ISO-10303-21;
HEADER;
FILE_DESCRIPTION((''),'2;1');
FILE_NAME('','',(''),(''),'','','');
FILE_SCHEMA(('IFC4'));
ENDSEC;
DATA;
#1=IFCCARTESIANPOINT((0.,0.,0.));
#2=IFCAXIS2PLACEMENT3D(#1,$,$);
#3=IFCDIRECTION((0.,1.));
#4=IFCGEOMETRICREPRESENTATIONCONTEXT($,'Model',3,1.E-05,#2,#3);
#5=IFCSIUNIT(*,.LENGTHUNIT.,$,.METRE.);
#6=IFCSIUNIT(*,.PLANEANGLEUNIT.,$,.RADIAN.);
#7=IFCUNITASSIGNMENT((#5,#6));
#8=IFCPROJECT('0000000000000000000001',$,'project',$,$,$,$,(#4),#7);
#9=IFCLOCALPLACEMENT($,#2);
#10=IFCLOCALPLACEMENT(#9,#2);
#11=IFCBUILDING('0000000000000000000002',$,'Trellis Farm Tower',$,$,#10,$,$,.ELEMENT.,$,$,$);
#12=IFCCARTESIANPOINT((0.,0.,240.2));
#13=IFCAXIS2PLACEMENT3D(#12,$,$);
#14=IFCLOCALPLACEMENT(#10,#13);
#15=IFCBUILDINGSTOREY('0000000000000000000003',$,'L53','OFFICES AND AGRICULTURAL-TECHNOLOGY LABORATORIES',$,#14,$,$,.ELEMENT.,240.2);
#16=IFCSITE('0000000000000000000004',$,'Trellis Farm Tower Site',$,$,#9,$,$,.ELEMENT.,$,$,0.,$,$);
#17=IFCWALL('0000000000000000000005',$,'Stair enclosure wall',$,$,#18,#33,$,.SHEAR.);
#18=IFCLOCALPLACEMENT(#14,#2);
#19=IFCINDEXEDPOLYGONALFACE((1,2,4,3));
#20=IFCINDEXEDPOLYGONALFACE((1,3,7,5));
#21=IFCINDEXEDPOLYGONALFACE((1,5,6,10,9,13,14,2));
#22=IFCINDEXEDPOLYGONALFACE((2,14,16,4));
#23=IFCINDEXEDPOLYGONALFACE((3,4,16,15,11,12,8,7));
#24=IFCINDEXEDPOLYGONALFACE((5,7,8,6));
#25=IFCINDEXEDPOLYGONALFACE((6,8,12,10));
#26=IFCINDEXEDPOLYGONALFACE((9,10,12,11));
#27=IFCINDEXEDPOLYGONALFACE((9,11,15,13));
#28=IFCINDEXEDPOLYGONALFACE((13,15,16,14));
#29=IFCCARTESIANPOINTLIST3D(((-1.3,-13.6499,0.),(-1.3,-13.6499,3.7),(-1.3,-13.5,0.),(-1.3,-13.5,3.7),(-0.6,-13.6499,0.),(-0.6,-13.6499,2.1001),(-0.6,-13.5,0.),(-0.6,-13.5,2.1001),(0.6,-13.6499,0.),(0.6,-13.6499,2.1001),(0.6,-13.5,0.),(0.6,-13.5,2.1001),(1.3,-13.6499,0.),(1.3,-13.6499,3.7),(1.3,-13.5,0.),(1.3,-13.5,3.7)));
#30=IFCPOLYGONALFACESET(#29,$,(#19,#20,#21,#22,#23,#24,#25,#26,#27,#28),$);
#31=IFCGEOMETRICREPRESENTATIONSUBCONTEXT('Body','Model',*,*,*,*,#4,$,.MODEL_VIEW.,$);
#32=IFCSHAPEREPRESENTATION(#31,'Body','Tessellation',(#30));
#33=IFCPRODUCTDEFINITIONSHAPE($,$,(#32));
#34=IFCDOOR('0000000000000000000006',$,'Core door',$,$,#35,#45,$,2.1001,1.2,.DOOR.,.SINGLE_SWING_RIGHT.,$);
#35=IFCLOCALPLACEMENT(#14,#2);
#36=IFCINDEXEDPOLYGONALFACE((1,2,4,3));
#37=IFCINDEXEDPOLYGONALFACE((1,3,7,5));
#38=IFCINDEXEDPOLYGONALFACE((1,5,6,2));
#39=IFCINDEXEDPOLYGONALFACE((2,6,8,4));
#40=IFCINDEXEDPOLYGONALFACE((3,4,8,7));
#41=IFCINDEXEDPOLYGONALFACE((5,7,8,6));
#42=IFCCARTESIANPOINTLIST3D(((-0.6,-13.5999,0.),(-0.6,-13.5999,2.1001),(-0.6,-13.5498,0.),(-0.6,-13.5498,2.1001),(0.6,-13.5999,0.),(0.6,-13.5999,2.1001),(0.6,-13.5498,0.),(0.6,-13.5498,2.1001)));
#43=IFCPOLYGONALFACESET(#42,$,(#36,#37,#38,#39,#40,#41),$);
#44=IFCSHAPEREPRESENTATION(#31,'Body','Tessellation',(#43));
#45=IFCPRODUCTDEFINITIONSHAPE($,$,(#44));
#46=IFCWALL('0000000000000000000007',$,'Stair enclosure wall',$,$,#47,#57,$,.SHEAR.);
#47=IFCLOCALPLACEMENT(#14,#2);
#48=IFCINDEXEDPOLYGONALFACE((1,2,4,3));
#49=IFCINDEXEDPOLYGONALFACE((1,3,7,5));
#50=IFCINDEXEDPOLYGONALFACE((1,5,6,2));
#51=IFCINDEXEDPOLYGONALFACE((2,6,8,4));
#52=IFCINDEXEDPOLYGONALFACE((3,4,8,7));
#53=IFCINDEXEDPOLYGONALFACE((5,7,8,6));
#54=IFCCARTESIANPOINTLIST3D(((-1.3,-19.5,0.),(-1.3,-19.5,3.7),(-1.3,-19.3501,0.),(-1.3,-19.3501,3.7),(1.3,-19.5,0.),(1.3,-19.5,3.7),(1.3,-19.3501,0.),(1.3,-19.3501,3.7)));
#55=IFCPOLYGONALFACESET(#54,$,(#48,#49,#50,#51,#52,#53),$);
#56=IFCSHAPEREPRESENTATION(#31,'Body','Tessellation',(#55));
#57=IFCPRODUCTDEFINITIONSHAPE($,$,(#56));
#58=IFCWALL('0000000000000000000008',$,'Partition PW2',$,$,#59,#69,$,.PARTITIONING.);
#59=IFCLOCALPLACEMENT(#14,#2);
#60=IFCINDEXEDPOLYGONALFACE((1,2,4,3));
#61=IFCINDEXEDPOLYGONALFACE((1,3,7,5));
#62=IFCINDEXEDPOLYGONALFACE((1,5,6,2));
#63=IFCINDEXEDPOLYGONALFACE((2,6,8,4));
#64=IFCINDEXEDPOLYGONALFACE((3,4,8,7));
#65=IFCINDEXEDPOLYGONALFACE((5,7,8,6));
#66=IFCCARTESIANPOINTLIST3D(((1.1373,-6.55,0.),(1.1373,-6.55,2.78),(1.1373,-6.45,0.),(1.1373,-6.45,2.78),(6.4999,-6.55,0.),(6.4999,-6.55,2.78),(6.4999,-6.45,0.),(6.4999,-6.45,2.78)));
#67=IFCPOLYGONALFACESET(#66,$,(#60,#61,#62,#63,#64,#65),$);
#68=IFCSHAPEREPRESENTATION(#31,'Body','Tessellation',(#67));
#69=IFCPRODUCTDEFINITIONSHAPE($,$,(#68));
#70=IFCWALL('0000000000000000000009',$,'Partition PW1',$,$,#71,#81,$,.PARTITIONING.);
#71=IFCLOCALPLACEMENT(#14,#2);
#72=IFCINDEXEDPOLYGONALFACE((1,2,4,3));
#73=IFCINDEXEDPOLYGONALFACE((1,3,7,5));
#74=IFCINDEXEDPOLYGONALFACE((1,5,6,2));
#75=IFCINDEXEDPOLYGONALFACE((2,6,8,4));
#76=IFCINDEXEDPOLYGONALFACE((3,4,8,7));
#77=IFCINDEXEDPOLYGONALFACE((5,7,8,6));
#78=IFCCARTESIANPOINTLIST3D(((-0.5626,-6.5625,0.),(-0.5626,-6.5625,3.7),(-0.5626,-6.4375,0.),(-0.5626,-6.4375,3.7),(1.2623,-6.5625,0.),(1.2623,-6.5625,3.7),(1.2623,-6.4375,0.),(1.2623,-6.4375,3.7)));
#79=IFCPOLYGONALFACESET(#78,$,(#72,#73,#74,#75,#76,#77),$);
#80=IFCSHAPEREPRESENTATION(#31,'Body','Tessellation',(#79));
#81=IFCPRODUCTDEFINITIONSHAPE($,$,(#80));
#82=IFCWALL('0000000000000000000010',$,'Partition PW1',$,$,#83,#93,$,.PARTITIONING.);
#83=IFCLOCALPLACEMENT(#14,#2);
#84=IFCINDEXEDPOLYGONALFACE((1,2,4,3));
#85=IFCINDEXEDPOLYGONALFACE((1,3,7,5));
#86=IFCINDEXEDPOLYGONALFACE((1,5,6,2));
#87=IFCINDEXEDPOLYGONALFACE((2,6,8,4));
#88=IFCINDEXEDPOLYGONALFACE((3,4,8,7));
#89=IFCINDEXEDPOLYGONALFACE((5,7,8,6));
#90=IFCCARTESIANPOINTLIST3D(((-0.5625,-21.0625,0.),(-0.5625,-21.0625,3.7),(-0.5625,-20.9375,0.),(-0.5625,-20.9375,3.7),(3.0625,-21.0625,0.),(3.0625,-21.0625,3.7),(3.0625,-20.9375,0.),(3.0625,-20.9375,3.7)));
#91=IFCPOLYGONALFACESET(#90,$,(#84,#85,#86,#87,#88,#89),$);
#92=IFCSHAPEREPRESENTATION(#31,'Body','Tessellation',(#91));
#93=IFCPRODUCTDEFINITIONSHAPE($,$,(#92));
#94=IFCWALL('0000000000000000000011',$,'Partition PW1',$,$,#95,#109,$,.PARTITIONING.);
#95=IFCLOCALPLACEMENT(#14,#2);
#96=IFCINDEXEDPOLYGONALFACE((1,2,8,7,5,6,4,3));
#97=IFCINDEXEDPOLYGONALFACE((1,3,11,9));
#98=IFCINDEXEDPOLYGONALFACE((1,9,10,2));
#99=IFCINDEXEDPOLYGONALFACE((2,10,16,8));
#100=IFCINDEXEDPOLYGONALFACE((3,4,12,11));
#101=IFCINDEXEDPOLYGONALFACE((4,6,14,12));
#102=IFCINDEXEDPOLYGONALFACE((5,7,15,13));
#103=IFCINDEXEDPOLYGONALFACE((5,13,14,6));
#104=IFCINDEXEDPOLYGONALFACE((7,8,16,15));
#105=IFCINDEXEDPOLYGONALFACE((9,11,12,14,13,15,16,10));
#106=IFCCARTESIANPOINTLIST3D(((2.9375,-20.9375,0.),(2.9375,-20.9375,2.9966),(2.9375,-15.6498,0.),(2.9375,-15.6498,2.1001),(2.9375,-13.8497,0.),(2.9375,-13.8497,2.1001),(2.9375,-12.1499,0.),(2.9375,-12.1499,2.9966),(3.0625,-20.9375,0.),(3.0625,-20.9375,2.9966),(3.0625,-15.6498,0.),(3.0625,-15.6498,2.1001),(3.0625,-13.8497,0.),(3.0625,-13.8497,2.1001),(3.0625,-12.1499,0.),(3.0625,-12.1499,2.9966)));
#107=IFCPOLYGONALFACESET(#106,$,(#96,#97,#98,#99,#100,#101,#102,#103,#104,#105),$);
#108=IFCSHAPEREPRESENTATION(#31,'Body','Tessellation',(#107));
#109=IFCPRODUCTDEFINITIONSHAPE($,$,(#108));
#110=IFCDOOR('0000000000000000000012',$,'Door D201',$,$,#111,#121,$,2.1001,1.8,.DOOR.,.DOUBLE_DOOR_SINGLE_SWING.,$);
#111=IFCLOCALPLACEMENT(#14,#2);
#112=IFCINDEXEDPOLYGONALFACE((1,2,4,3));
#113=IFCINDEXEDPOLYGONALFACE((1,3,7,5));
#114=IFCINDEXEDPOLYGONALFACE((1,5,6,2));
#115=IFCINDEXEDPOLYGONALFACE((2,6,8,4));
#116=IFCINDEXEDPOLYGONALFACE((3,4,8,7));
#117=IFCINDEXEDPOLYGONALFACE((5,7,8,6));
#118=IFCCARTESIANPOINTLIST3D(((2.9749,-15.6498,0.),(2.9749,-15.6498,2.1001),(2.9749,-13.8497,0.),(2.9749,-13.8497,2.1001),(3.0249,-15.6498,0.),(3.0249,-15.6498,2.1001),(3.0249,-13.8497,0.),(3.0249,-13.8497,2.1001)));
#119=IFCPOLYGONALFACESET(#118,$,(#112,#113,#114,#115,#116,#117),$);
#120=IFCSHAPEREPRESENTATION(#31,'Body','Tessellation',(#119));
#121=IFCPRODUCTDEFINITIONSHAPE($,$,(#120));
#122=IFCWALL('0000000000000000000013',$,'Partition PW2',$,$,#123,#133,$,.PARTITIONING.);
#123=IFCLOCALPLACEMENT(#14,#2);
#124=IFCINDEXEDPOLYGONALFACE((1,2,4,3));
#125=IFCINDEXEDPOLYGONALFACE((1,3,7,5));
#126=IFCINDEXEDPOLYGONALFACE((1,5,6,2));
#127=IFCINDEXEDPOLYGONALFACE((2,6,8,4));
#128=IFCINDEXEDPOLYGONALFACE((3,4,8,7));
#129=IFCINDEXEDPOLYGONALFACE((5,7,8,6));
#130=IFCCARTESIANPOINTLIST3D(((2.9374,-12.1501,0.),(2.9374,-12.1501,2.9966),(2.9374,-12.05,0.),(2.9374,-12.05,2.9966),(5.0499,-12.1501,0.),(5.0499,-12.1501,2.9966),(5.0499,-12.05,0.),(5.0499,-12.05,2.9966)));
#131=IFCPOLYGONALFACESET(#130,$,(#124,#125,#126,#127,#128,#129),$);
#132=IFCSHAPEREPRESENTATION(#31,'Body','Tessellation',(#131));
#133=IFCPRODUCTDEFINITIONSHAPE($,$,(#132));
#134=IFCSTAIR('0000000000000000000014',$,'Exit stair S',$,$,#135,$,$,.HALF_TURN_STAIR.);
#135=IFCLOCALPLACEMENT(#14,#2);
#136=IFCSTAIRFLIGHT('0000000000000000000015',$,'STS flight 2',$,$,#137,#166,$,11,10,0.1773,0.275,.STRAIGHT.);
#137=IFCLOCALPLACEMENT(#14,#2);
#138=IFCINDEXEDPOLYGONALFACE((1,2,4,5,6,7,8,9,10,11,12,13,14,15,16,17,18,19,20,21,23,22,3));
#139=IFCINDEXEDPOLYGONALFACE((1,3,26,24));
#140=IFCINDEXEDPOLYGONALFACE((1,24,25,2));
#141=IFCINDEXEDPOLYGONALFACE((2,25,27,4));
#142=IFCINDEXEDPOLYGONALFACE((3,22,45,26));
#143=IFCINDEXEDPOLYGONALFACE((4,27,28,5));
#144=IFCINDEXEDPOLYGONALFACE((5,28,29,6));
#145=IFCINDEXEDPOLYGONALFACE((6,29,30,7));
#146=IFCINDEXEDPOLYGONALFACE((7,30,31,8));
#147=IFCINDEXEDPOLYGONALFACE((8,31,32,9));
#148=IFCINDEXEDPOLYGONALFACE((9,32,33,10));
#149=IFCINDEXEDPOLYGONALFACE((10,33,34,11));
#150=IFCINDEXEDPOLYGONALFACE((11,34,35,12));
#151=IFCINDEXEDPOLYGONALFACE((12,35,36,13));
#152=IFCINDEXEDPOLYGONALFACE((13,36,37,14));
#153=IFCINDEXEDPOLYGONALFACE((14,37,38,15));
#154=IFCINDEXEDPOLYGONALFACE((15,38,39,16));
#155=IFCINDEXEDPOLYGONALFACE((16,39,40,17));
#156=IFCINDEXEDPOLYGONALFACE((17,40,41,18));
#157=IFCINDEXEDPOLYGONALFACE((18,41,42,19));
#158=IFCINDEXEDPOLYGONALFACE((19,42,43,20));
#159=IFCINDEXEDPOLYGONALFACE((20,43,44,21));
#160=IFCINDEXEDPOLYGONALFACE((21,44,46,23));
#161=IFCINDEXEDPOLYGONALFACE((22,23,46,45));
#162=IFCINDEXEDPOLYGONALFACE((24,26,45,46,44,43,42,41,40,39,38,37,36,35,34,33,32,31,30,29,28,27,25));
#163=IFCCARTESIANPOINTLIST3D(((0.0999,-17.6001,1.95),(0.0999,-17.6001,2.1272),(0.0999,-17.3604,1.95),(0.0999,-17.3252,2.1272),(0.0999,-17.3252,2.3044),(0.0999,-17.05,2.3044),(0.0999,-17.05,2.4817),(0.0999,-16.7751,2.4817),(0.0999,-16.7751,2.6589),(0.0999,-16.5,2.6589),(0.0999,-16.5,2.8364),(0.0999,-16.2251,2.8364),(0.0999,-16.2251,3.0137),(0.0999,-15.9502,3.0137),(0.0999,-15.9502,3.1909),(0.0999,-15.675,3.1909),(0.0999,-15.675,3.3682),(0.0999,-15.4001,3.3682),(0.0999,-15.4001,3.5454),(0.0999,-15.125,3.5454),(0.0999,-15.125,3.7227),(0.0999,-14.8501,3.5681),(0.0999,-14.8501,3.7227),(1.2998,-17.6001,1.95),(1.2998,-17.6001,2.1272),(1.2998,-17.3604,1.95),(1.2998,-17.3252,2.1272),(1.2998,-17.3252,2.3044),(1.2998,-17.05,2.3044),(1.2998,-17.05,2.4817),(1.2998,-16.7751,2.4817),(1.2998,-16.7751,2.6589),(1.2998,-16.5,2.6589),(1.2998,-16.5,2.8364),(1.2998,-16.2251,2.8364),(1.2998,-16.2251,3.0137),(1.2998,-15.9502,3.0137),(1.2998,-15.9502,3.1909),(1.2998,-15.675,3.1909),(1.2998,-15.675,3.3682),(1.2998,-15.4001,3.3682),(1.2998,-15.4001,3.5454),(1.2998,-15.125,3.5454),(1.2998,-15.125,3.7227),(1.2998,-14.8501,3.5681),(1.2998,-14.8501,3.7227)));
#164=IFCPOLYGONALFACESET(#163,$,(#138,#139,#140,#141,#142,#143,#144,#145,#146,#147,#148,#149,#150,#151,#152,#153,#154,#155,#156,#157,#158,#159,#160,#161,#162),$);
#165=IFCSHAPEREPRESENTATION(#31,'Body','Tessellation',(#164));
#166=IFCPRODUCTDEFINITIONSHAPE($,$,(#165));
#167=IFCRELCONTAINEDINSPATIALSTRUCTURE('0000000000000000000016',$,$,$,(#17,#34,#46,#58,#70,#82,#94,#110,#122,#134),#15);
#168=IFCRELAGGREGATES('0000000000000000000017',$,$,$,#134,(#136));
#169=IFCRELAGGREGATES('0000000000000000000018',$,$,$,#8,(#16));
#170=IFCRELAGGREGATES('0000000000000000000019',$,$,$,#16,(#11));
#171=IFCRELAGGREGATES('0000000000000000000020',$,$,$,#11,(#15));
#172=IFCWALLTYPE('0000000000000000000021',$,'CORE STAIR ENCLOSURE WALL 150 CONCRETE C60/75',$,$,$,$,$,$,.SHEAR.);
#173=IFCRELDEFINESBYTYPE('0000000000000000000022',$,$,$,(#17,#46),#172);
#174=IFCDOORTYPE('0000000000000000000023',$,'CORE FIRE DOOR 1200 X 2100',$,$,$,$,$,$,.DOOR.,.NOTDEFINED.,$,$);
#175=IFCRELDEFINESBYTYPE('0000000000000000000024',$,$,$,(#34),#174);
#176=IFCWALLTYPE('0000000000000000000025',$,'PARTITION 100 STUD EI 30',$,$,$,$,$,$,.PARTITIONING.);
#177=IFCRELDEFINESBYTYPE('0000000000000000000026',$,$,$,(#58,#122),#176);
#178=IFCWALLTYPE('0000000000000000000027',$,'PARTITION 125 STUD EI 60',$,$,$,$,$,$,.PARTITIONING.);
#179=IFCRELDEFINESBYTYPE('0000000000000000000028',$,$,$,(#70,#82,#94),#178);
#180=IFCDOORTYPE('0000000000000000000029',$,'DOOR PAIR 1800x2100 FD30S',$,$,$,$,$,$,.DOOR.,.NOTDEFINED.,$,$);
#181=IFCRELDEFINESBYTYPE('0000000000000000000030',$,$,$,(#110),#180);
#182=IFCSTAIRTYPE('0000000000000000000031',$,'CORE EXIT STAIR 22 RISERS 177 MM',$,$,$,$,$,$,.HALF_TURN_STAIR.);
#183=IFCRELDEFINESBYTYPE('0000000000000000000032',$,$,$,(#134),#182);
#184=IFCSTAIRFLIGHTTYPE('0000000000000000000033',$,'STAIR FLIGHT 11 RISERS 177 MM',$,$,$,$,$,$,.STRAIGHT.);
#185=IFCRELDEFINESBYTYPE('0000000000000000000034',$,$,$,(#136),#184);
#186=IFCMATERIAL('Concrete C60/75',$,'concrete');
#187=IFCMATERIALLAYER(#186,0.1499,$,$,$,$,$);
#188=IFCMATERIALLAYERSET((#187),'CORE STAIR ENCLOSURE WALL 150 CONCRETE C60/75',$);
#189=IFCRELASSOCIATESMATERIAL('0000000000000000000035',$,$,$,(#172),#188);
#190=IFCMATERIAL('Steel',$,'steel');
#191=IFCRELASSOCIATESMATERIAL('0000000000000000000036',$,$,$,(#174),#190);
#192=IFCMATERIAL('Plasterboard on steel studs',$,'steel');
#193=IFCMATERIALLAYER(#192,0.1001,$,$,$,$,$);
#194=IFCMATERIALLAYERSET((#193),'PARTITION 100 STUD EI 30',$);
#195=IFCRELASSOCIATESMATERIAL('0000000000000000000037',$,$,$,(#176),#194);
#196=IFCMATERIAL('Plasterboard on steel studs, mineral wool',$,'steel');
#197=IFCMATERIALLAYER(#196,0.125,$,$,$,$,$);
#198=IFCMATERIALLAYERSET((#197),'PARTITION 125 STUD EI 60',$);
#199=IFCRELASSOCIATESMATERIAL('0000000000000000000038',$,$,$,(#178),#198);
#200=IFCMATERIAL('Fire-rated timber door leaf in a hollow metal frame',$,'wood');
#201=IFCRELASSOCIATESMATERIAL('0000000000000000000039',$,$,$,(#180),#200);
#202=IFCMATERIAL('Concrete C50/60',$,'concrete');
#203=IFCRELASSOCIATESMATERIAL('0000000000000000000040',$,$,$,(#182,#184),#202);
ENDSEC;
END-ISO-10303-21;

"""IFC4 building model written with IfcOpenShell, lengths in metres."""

from ifc_helpers import new_model, si_unit, direction, frame, frame_2d, origin, place, context, subcontext, project, spatial, polyline, rectangle, outline, extrude, source, transform, mapped, material, layer, layer_set, type_object, element, fill, aggregate, save


model = new_model("IFC4")

# Units and contexts
model_context = context("Model", 3, precision=1e-05, world=origin(), true_north=direction((0.0, 1.0)))
body_context = subcontext(model_context, "Body", "Model", "MODEL_VIEW")
ifc_project = project(units=[si_unit("LENGTHUNIT", "METRE"), si_unit("PLANEANGLEUNIT", "RADIAN")], contexts=[model_context])

# Site, building, storey
site_placement = place(None, origin())
site = spatial("IfcSite", under=ifc_project, at=site_placement, Name="Trellis Farm Tower Site", CompositionType="ELEMENT", RefElevation=0.0)
building_placement = place(site_placement, origin())
building = spatial("IfcBuilding", under=site, at=building_placement, Name="Trellis Farm Tower", CompositionType="ELEMENT")
storey_placement = place(building_placement, frame((0.0, 0.0, 240.2)))
storey = spatial("IfcBuildingStorey", under=building, at=storey_placement, Name="L53", Description="OFFICES AND AGRICULTURAL-TECHNOLOGY LABORATORIES", CompositionType="ELEMENT", Elevation=240.2)

# Shared definitions
ifc_material_1 = material(Name="Concrete C60/75", Category="concrete")

# Shared definitions
placement = place(storey_placement, origin())

# Wall, opening, door
ifc_layer_1 = layer(ifc_material_1, 0.1499)
ifc_layer_set_1 = layer_set([ifc_layer_1], Name="CORE STAIR ENCLOSURE WALL 150 CONCRETE C60/75")
wall_type_1 = type_object("IfcWallType", Name="CORE STAIR ENCLOSURE WALL 150 CONCRETE C60/75", PredefinedType="SHEAR", material=ifc_layer_set_1)
shared_shape_1 = source(origin(), body_context, "Body", "SweptSolid", [
    extrude(rectangle(XDim=2.6001, YDim=0.1499, at=frame_2d((1.3, 0.0))), origin(), (0.0, 0.0, 1.0), 3.7),
])
wall_1_placement = place(storey_placement, frame((1.3, -13.575, 0.0), z_axis=(0.0, 0.0, 1.0), x_axis=(-1.0, 0.0, 0.0)))
wall_1 = element("IfcWall", 1, at=wall_1_placement, inside=storey, type_object=wall_type_1, Name="Stair enclosure wall", PredefinedType="SHEAR", context=body_context, shape_type="MappedRepresentation", body=[
    mapped(shared_shape_1, transform((0.0, 0.0, 0.0))),
])
shared_shape_2 = source(origin(), body_context, "Body", "SweptSolid", [
    extrude(rectangle(XDim=1.2, YDim=2.1001, at=frame_2d((0.6001, 1.05))), frame((0.0, 0.085, 0.0), z_axis=(0.0, -1.0, 0.0), x_axis=(1.0, 0.0, 0.0)), (0.0, 0.0, 1.0), 0.1699),
])
opening_1_placement = place(wall_1_placement, frame((0.7, 0.0, 0.0)))
opening_1 = element("IfcOpeningElement", 2, at=opening_1_placement, cuts=wall_1, PredefinedType="OPENING", context=body_context, shape_type="MappedRepresentation", body=[
    mapped(shared_shape_2, transform((0.0, 0.0, 0.0))),
])
ifc_material_2 = material(Name="Steel", Category="steel")
door_type_1 = type_object("IfcDoorType", Name="CORE FIRE DOOR 1200 X 2100", OperationType="NOTDEFINED", PredefinedType="DOOR", material=ifc_material_2)
shared_shape_3 = source(origin(), body_context, "Body", "SweptSolid", [
    extrude(rectangle(XDim=1.2, YDim=2.1001, at=frame_2d((0.6001, 1.05))), frame((0.0, 0.0249, 0.0), z_axis=(0.0, -1.0, 0.0), x_axis=(1.0, 0.0, 0.0)), (0.0, 0.0, 1.0), 0.05),
])
door_1_placement = place(opening_1_placement, origin())
door_1 = element("IfcDoor", 3, at=door_1_placement, inside=storey, type_object=door_type_1, Name="Core door", OperationType="SINGLE_SWING_RIGHT", OverallHeight=2.1001, OverallWidth=1.2, PredefinedType="DOOR", context=body_context, shape_type="MappedRepresentation", body=[
    mapped(shared_shape_3, transform((0.0, 0.0, 0.0))),
])
fill(opening_1, door_1)

# Walls
wall_2_placement = place(storey_placement, frame((1.3, -19.425, 0.0), z_axis=(0.0, 0.0, 1.0), x_axis=(-1.0, 0.0, 0.0)))
element("IfcWall", 4, at=wall_2_placement, inside=storey, type_object=wall_type_1, Name="Stair enclosure wall", PredefinedType="SHEAR", context=body_context, shape_type="MappedRepresentation", body=[
    mapped(shared_shape_1, transform((0.0, 0.0, 0.0))),
])
ifc_material_3 = material(Name="Plasterboard on steel studs", Category="steel")
ifc_layer_2 = layer(ifc_material_3, 0.1001)
ifc_layer_set_2 = layer_set([ifc_layer_2], Name="PARTITION 100 STUD EI 30")
wall_type_2 = type_object("IfcWallType", Name="PARTITION 100 STUD EI 30", PredefinedType="PARTITIONING", material=ifc_layer_set_2)
shared_shape_4 = source(origin(), body_context, "Body", "SweptSolid", [
    extrude(rectangle(XDim=5.3625, YDim=0.1001, at=frame_2d((2.6812, 0.0))), origin(), (0.0, 0.0, 1.0), 2.78),
])
wall_3_placement = place(storey_placement, frame((1.1375, -6.5, 0.0), z_axis=(0.0, 0.0, 1.0), x_axis=(1.0, 0.0, 0.0)))
element("IfcWall", 5, at=wall_3_placement, inside=storey, type_object=wall_type_2, Name="Partition PW2", PredefinedType="PARTITIONING", context=body_context, shape_type="MappedRepresentation", body=[
    mapped(shared_shape_4, transform((0.0, 0.0, 0.0))),
])
ifc_material_4 = material(Name="Plasterboard on steel studs, mineral wool", Category="steel")
ifc_layer_3 = layer(ifc_material_4, 0.125)
ifc_layer_set_3 = layer_set([ifc_layer_3], Name="PARTITION 125 STUD EI 60")
wall_type_3 = type_object("IfcWallType", Name="PARTITION 125 STUD EI 60", PredefinedType="PARTITIONING", material=ifc_layer_set_3)
shared_shape_5 = source(origin(), body_context, "Body", "SweptSolid", [
    extrude(rectangle(XDim=1.825, YDim=0.125, at=frame_2d((0.9126, 0.0))), origin(), (0.0, 0.0, 1.0), 3.7),
])
wall_4_placement = place(storey_placement, frame((1.2625, -6.5, 0.0), z_axis=(0.0, 0.0, 1.0), x_axis=(-1.0, 0.0, 0.0)))
element("IfcWall", 6, at=wall_4_placement, inside=storey, type_object=wall_type_3, Name="Partition PW1", PredefinedType="PARTITIONING", context=body_context, shape_type="MappedRepresentation", body=[
    mapped(shared_shape_5, transform((0.0, 0.0, 0.0))),
])
shared_shape_6 = source(origin(), body_context, "Body", "SweptSolid", [
    extrude(rectangle(XDim=3.625, YDim=0.125, at=frame_2d((1.8125, 0.0))), origin(), (0.0, 0.0, 1.0), 3.7),
])
wall_5_placement = place(storey_placement, frame((3.0625, -21.0, 0.0), z_axis=(0.0, 0.0, 1.0), x_axis=(-1.0, 0.0, 0.0)))
element("IfcWall", 7, at=wall_5_placement, inside=storey, type_object=wall_type_3, Name="Partition PW1", PredefinedType="PARTITIONING", context=body_context, shape_type="MappedRepresentation", body=[
    mapped(shared_shape_6, transform((0.0, 0.0, 0.0))),
])

# Wall, opening, door
shared_shape_7 = source(origin(), body_context, "Body", "SweptSolid", [
    extrude(rectangle(XDim=8.7876, YDim=0.125, at=frame_2d((4.3938, 0.0))), origin(), (0.0, 0.0, 1.0), 2.9966),
])
wall_6_placement = place(storey_placement, frame((3.0, -12.1499, 0.0), z_axis=(0.0, 0.0, 1.0), x_axis=(0.0, -1.0, 0.0)))
wall_6 = element("IfcWall", 8, at=wall_6_placement, inside=storey, type_object=wall_type_3, Name="Partition PW1", PredefinedType="PARTITIONING", context=body_context, shape_type="MappedRepresentation", body=[
    mapped(shared_shape_7, transform((0.0, 0.0, 0.0))),
])
shared_shape_8 = source(origin(), body_context, "Body", "SweptSolid", [
    extrude(rectangle(XDim=1.8, YDim=2.1001, at=frame_2d((0.8999, 1.05))), frame((0.0, 0.0725, 0.0), z_axis=(0.0, -1.0, 0.0), x_axis=(1.0, 0.0, 0.0)), (0.0, 0.0, 1.0), 0.145),
])
opening_2_placement = place(wall_6_placement, frame((1.7, 0.0, 0.0)))
opening_2 = element("IfcOpeningElement", 9, at=opening_2_placement, cuts=wall_6, PredefinedType="OPENING", context=body_context, shape_type="MappedRepresentation", body=[
    mapped(shared_shape_8, transform((0.0, 0.0, 0.0))),
])
ifc_material_5 = material(Name="Fire-rated timber door leaf in a hollow metal frame", Category="wood")
door_type_2 = type_object("IfcDoorType", Name="DOOR PAIR 1800x2100 FD30S", OperationType="NOTDEFINED", PredefinedType="DOOR", material=ifc_material_5)
shared_shape_9 = source(origin(), body_context, "Body", "SweptSolid", [
    extrude(rectangle(XDim=1.8, YDim=2.1001, at=frame_2d((0.8999, 1.05))), frame((0.0, 0.0249, 0.0), z_axis=(0.0, -1.0, 0.0), x_axis=(1.0, 0.0, 0.0)), (0.0, 0.0, 1.0), 0.05),
])
door_2_placement = place(opening_2_placement, origin())
door_2 = element("IfcDoor", 10, at=door_2_placement, inside=storey, type_object=door_type_2, Name="Door D201", OperationType="DOUBLE_DOOR_SINGLE_SWING", OverallHeight=2.1001, OverallWidth=1.8, PredefinedType="DOOR", context=body_context, shape_type="MappedRepresentation", body=[
    mapped(shared_shape_9, transform((0.0, 0.0, 0.0))),
])
fill(opening_2, door_2)

# Wall
shared_shape_10 = source(origin(), body_context, "Body", "SweptSolid", [
    extrude(rectangle(XDim=2.1125, YDim=0.1001, at=frame_2d((1.0562, 0.0))), origin(), (0.0, 0.0, 1.0), 2.9966),
])
wall_7_placement = place(storey_placement, frame((2.9375, -12.1001, 0.0), z_axis=(0.0, 0.0, 1.0), x_axis=(1.0, 0.0, 0.0)))
element("IfcWall", 11, at=wall_7_placement, inside=storey, type_object=wall_type_2, Name="Partition PW2", PredefinedType="PARTITIONING", context=body_context, shape_type="MappedRepresentation", body=[
    mapped(shared_shape_10, transform((0.0, 0.0, 0.0))),
])

# Stair, stair flight
ifc_material_6 = material(Name="Concrete C50/60", Category="concrete")
stair_type = type_object("IfcStairType", Name="CORE EXIT STAIR 22 RISERS 177 MM", PredefinedType="HALF_TURN_STAIR", material=ifc_material_6)
stair = element("IfcStair", 12, at=placement, inside=storey, type_object=stair_type, Name="Exit stair S", PredefinedType="HALF_TURN_STAIR")
stair_flight_type = type_object("IfcStairFlightType", Name="STAIR FLIGHT 11 RISERS 177 MM", PredefinedType="STRAIGHT", material=ifc_material_6)
shared_shape_11 = source(origin(), body_context, "Body", "SweptSolid", [
    extrude(outline(polyline([(0.0, 0.0), (0.0, 0.1772), (0.2749, 0.1772), (0.2749, 0.3545), (0.55, 0.3545), (0.55, 0.5317), (0.825, 0.5317), (0.825, 0.709), (1.1001, 0.709), (1.1001, 0.8865), (1.375, 0.8865), (1.375, 1.0637), (1.6499, 1.0637), (1.6499, 1.241), (1.925, 1.241), (1.925, 1.4182), (2.2, 1.4182), (2.2, 1.5955), (2.4751, 1.5955), (2.4751, 1.7727), (2.75, 1.7727), (2.75, 1.95), (2.75, 1.6182), (0.2397, 0.0), (0.0, 0.0)])), frame((0.0, 0.6001, 0.0), z_axis=(0.0, -1.0, 0.0), x_axis=(1.0, 0.0, 0.0)), (0.0, 0.0, 1.0), 1.2),
])
stair_flight_placement = place(storey_placement, frame((0.7, -17.6001, 1.95), z_axis=(0.0, 0.0, 1.0), x_axis=(0.0, 1.0, 0.0)))
stair_flight = element("IfcStairFlight", 13, at=stair_flight_placement, type_object=stair_flight_type, Name="STS flight 2", NumberOfRisers=11, NumberOfTreads=10, PredefinedType="STRAIGHT", RiserHeight=0.1773, TreadLength=0.275, context=body_context, shape_type="MappedRepresentation", body=[
    mapped(shared_shape_11, transform((0.0, 0.0, 0.0))),
])
aggregate(stair, [stair_flight])

save(model, "model.ifc")
